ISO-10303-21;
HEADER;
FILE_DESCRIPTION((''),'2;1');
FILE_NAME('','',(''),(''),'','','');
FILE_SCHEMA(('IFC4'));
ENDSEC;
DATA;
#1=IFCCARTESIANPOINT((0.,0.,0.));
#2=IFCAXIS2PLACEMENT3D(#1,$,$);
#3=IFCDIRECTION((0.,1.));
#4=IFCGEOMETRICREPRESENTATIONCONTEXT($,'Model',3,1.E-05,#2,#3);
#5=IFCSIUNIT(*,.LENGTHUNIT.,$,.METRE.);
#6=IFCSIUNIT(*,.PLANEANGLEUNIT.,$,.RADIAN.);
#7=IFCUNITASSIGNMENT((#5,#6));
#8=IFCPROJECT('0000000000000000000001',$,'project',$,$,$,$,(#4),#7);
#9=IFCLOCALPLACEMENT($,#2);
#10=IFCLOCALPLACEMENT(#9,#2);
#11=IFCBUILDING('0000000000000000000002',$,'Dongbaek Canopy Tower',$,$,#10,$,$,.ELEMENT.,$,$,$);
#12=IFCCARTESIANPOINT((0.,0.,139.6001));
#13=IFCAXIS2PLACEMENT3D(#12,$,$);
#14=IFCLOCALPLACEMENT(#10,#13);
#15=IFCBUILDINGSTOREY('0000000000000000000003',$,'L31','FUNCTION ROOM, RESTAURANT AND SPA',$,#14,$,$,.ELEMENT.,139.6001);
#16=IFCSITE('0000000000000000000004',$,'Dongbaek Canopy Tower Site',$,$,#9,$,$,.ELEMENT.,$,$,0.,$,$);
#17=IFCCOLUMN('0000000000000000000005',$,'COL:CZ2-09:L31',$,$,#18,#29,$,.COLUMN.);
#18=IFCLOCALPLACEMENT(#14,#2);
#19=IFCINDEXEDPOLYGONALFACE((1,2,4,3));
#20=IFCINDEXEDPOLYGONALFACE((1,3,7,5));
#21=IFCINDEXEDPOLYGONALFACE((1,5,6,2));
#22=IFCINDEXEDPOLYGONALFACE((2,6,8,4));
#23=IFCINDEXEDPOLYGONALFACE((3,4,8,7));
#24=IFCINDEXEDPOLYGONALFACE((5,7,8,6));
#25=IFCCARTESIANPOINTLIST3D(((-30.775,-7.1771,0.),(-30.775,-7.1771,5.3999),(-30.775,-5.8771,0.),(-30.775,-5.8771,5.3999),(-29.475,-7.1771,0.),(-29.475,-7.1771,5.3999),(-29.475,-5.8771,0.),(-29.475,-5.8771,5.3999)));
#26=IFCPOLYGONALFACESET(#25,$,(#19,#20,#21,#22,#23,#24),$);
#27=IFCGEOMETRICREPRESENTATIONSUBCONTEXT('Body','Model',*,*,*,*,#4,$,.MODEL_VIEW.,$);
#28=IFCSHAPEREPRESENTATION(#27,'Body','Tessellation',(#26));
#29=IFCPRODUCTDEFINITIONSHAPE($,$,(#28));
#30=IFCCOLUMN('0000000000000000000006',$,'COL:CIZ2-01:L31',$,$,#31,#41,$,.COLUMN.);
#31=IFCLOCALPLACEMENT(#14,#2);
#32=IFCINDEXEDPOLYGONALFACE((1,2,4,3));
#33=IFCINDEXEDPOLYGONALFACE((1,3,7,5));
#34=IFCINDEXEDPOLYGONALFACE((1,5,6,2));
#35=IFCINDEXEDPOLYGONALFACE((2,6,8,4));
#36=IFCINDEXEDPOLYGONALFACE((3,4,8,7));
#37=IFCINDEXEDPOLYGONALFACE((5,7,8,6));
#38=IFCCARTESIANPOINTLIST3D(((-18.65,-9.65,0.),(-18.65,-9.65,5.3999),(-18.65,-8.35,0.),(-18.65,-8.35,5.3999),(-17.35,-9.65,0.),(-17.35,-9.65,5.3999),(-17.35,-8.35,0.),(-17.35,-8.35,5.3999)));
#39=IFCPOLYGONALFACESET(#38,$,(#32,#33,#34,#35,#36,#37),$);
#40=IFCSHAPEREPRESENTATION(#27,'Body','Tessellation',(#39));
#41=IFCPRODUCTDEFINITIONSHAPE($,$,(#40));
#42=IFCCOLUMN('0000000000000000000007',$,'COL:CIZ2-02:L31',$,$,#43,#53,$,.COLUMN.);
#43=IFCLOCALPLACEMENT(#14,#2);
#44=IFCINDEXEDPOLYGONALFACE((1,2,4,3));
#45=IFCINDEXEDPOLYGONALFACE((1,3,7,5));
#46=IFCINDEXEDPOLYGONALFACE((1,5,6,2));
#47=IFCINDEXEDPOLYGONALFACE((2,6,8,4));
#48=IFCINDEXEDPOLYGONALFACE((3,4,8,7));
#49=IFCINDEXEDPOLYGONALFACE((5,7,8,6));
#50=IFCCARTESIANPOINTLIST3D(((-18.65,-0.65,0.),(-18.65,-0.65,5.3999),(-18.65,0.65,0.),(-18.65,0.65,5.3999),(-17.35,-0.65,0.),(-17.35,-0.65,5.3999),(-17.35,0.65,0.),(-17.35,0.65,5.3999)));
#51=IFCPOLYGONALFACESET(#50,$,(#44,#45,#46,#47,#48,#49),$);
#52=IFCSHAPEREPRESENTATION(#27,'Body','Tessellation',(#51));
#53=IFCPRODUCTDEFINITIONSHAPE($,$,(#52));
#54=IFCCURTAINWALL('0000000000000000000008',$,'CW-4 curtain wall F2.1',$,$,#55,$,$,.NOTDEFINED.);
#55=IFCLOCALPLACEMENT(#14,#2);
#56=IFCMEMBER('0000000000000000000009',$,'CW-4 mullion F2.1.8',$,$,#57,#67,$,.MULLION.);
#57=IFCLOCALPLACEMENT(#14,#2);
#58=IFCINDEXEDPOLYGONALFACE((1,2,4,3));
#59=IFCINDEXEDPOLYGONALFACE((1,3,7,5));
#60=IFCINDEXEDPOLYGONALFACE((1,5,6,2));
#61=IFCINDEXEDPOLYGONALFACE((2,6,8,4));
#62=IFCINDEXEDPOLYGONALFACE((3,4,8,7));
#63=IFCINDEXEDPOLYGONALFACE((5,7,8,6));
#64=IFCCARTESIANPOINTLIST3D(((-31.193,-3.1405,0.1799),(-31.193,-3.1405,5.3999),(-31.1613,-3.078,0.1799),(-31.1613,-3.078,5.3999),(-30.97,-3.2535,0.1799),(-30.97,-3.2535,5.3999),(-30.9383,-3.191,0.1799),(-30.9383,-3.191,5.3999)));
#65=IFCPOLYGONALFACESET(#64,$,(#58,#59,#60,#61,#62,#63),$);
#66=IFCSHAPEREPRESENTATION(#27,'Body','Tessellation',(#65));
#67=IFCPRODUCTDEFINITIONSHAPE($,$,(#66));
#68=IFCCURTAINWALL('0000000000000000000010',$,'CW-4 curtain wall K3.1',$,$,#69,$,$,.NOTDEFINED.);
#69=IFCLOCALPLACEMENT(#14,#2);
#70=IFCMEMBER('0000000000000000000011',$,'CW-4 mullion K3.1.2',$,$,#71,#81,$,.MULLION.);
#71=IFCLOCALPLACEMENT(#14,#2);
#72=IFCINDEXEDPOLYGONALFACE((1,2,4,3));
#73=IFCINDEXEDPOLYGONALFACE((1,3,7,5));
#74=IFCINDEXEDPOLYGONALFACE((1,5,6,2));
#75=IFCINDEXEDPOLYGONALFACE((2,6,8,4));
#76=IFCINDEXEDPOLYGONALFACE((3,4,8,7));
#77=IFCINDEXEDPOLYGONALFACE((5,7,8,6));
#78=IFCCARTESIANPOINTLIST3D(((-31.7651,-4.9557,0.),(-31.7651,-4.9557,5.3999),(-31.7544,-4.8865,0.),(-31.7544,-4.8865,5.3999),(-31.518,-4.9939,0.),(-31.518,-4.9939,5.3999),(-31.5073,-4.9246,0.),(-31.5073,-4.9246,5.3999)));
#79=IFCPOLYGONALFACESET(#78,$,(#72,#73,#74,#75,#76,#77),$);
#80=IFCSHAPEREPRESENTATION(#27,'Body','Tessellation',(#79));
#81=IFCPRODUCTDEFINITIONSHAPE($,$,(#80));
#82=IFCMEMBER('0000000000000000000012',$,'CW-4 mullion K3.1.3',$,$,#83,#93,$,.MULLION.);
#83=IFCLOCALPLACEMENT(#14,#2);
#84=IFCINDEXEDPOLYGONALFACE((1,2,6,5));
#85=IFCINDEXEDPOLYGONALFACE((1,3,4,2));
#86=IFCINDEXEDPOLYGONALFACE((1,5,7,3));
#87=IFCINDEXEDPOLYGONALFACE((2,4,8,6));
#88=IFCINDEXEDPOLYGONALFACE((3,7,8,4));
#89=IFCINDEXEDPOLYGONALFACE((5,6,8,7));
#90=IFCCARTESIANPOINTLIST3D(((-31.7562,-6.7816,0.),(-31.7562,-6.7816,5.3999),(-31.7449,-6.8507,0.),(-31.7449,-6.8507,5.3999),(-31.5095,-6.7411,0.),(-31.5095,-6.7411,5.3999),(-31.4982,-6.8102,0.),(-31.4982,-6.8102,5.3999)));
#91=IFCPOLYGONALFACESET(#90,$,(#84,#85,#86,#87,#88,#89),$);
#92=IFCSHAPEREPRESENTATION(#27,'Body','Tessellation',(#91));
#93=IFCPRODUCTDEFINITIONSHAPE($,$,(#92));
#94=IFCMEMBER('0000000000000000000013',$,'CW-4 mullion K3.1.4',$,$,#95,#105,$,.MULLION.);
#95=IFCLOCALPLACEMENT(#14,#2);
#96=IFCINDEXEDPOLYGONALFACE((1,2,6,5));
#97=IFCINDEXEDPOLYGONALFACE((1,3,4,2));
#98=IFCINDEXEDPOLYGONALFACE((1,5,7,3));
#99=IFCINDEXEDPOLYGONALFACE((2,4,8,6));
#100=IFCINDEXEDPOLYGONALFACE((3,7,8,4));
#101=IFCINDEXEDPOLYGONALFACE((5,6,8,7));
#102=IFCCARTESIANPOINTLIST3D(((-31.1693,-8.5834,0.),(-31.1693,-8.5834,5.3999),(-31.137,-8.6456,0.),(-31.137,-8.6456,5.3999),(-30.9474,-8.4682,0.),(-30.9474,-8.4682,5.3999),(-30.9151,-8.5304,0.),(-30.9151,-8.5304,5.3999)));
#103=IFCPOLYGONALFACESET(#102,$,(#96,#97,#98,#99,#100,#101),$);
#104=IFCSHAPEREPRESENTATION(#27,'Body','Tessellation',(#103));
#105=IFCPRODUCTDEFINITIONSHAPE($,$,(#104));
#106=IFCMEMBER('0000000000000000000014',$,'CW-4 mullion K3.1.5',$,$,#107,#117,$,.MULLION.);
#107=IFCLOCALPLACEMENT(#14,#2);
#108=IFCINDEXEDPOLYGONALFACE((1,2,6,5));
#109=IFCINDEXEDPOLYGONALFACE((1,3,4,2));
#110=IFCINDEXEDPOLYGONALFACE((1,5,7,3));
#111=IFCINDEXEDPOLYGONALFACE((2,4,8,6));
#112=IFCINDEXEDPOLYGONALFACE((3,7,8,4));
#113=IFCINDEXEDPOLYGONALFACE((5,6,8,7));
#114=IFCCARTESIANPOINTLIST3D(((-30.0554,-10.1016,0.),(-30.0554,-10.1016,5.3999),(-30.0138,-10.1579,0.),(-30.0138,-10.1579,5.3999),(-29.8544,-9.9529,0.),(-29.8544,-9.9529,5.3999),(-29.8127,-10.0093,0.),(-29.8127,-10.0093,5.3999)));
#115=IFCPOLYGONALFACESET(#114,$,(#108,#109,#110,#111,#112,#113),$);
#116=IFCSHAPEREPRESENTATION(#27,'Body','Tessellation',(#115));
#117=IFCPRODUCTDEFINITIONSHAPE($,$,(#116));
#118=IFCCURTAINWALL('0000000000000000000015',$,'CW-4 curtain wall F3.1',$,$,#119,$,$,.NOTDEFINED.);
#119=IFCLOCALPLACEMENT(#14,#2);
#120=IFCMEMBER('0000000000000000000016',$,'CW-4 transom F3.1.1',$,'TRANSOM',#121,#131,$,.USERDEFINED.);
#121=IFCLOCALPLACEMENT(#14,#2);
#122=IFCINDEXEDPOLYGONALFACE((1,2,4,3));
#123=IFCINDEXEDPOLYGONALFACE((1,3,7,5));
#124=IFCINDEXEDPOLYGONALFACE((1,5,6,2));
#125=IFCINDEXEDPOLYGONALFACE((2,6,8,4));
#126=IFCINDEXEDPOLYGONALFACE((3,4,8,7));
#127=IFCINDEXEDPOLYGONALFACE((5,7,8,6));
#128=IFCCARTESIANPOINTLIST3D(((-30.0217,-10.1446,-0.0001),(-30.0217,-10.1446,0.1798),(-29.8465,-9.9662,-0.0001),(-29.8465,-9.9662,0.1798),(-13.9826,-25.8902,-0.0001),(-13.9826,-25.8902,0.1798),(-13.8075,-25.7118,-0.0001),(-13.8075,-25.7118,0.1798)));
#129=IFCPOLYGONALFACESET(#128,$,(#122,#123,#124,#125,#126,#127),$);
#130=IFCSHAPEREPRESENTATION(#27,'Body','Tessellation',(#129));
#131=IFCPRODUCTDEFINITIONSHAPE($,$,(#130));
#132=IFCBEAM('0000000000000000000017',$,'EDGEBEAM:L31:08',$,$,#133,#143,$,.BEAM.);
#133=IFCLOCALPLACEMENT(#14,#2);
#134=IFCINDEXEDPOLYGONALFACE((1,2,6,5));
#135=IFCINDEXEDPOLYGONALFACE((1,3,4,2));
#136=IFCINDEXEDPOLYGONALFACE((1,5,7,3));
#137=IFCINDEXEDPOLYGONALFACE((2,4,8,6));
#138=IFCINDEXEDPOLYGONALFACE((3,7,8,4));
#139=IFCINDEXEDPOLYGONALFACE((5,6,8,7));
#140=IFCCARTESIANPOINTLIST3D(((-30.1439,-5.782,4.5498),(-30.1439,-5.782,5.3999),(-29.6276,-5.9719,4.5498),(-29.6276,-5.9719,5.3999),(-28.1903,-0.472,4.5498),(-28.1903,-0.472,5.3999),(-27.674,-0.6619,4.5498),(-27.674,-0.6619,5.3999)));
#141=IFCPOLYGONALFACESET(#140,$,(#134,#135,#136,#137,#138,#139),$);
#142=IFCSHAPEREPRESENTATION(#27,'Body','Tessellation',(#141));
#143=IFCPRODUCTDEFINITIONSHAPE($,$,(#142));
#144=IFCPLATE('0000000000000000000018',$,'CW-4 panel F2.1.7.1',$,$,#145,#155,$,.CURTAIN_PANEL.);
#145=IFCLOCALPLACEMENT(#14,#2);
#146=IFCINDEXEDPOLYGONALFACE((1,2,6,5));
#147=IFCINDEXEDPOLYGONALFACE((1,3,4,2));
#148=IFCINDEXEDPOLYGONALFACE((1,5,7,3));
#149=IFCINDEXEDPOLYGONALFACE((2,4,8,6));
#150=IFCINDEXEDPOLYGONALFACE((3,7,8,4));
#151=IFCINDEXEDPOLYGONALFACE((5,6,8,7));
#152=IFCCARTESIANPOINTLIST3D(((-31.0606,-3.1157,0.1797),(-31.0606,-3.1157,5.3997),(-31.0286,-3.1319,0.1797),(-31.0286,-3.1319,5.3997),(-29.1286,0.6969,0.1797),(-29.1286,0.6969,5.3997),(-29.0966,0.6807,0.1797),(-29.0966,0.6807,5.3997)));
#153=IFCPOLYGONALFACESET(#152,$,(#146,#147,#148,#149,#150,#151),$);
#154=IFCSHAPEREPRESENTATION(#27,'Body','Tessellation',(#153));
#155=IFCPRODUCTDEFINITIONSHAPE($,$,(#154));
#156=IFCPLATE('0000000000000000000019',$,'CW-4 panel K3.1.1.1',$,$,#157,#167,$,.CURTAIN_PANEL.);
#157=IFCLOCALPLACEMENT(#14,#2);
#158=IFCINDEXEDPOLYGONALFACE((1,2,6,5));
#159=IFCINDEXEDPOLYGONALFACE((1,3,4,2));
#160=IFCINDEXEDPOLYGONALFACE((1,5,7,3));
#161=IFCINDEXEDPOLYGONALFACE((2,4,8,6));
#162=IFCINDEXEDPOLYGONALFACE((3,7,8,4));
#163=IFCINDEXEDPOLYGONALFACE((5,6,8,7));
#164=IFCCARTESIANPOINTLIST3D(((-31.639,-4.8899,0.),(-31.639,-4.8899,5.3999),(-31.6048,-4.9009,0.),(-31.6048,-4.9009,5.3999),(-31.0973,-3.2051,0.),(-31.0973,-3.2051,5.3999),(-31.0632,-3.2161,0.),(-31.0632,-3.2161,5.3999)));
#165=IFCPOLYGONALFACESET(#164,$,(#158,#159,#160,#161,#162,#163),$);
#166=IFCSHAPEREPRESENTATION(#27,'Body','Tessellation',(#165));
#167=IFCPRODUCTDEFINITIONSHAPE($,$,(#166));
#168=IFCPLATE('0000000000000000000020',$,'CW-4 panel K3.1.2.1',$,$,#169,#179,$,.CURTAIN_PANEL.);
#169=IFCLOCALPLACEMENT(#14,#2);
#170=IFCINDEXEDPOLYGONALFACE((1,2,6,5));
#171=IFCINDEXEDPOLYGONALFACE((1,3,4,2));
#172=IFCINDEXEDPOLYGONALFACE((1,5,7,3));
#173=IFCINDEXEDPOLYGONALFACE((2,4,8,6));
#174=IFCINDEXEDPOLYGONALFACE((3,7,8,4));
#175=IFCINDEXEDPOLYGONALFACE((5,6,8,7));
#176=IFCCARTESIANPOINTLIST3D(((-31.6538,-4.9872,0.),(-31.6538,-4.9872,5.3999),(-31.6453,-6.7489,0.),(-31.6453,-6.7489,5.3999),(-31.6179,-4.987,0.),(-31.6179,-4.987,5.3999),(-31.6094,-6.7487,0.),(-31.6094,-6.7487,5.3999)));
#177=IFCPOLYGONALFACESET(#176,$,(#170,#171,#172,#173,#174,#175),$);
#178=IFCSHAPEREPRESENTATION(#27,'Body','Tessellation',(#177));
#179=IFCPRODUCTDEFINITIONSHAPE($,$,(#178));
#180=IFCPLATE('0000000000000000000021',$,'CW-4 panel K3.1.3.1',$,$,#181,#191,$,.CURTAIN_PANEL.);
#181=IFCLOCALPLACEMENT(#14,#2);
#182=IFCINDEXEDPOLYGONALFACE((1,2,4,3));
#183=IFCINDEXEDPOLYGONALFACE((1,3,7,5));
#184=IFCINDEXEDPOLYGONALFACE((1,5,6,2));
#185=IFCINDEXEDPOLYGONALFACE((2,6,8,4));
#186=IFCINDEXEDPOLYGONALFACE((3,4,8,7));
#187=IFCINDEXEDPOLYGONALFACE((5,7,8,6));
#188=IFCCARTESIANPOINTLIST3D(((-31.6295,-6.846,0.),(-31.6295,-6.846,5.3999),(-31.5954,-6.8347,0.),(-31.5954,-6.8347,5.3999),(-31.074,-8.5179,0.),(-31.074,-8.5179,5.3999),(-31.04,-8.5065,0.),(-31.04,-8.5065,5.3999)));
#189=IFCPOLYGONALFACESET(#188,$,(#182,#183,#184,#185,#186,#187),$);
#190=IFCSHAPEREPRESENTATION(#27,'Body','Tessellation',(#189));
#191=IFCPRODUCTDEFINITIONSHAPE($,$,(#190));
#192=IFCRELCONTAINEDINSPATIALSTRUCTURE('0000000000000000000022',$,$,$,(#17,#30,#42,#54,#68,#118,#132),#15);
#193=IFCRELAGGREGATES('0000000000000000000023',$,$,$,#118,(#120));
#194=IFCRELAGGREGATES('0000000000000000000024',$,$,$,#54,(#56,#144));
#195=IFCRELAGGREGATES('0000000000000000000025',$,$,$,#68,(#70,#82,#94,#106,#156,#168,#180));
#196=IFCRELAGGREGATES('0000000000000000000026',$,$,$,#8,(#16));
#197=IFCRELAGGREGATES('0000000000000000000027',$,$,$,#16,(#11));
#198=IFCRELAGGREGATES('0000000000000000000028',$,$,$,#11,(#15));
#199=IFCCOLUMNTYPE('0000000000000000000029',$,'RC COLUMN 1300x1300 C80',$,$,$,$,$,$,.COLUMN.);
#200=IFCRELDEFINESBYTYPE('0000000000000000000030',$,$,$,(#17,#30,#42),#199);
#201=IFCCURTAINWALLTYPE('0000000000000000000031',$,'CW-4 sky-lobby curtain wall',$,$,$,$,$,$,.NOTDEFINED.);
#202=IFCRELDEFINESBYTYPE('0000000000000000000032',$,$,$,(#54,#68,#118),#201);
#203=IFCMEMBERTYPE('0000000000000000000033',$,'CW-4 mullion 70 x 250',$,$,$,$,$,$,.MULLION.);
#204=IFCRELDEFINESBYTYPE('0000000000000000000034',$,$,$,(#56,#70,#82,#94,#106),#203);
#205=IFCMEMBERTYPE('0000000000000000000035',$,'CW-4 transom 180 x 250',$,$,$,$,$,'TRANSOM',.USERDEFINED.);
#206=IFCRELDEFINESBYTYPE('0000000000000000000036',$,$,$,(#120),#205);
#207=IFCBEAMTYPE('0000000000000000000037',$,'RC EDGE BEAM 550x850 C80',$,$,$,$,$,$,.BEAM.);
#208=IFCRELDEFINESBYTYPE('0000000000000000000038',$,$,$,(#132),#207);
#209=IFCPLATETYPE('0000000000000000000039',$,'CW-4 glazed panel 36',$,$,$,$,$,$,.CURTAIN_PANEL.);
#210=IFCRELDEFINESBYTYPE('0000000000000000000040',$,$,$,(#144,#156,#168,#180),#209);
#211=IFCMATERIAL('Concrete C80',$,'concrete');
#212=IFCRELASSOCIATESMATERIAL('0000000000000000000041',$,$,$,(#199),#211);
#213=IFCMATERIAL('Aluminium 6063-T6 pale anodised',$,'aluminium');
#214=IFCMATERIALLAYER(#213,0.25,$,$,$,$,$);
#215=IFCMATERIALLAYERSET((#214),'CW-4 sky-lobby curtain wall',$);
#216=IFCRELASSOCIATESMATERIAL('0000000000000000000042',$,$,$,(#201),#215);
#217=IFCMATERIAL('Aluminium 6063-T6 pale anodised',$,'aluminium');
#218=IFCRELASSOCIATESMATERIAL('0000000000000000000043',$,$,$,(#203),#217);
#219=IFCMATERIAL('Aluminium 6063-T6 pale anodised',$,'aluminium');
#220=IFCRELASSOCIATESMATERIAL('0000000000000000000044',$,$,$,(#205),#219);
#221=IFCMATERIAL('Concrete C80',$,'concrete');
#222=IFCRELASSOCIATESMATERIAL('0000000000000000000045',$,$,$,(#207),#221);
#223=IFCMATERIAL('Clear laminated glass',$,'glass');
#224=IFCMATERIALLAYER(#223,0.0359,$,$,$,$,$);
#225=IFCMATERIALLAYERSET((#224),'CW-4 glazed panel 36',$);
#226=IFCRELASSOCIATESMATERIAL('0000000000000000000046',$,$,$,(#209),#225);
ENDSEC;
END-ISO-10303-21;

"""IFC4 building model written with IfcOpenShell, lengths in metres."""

from ifc_helpers import new_model, si_unit, direction, frame, origin, origin_2d, place, context, subcontext, project, spatial, rectangle, extrude, material, layer, layer_set, material_profile, profile_set, type_object, element, aggregate, save


model = new_model("IFC4")

# Units and contexts
model_context = context("Model", 3, precision=1e-05, world=origin(), true_north=direction((0.0, 1.0)))
body_context = subcontext(model_context, "Body", "Model", "MODEL_VIEW")
ifc_project = project(units=[si_unit("LENGTHUNIT", "METRE"), si_unit("PLANEANGLEUNIT", "RADIAN")], contexts=[model_context])

# Site, building, storey
site_placement = place(None, origin())
site = spatial("IfcSite", under=ifc_project, at=site_placement, Name="Dongbaek Canopy Tower Site", CompositionType="ELEMENT", RefElevation=0.0)
building_placement = place(site_placement, origin())
building = spatial("IfcBuilding", under=site, at=building_placement, Name="Dongbaek Canopy Tower", CompositionType="ELEMENT")
storey_placement = place(building_placement, frame((0.0, 0.0, 139.6001)))
storey = spatial("IfcBuildingStorey", under=building, at=storey_placement, Name="L31", Description="FUNCTION ROOM, RESTAURANT AND SPA", CompositionType="ELEMENT", Elevation=139.6001)

# Columns
ifc_material_1 = material(Name="Concrete C80", Category="concrete")
ifc_material_profile_1 = material_profile(ifc_material_1, rectangle(XDim=1.3, YDim=1.3, at=origin_2d()), Name="RC COLUMN 1300x1300 C80")
ifc_profile_set_1 = profile_set([ifc_material_profile_1], Name="Concrete C80")
column_type = type_object("IfcColumnType", Name="RC COLUMN 1300x1300 C80", PredefinedType="COLUMN", material=ifc_profile_set_1)
for number, where, z_axis, x_axis, name in (
    (1, (-30.125, -6.5271, 0.0), (0.0, 0.0, 1.0), (1.0, 0.0, 0.0), "COL:CZ2-09:L31"),
    (2, (-18.0, -9.0, 0.0), (0.0, 0.0, 1.0), (1.0, 0.0, 0.0), "COL:CIZ2-01:L31"),
    (3, (-18.0, 0.0, 0.0), (0.0, 0.0, 1.0), (1.0, 0.0, 0.0), "COL:CIZ2-02:L31"),
):
    element("IfcColumn", number, at=place(storey_placement, frame(where, z_axis=z_axis, x_axis=x_axis)), inside=storey, type_object=column_type, Name=name, PredefinedType="COLUMN", context=body_context, shape_type="SweptSolid", body=[
        extrude(rectangle(XDim=1.3, YDim=1.3, at=origin_2d()), origin(), (0.0, 0.0, 1.0), 5.3999),
    ])

# Curtain wall, member
ifc_material_2 = material(Name="Aluminium 6063-T6 pale anodised", Category="aluminium")
ifc_layer_1 = layer(ifc_material_2, 0.25)
ifc_layer_set_1 = layer_set([ifc_layer_1], Name="CW-4 sky-lobby curtain wall")
curtain_wall_type = type_object("IfcCurtainWallType", Name="CW-4 sky-lobby curtain wall", PredefinedType="NOTDEFINED", material=ifc_layer_set_1)
curtain_wall_1_placement = place(storey_placement, origin())
curtain_wall_1 = element("IfcCurtainWall", 4, at=curtain_wall_1_placement, inside=storey, type_object=curtain_wall_type, Name="CW-4 curtain wall F2.1", PredefinedType="NOTDEFINED")
ifc_material_3 = material(Name="Aluminium 6063-T6 pale anodised", Category="aluminium")
ifc_material_profile_2 = material_profile(ifc_material_3, rectangle(XDim=0.25, YDim=0.0701, at=origin_2d()), Name="CW-4 mullion 70 x 250")
ifc_profile_set_2 = profile_set([ifc_material_profile_2], Name="Aluminium 6063-T6 pale anodised")
member_type_1 = type_object("IfcMemberType", Name="CW-4 mullion 70 x 250", PredefinedType="MULLION", material=ifc_profile_set_2)
member_1_placement = place(storey_placement, frame((-31.0657, -3.1658, 0.1799), z_axis=(0.0, 0.0, 1.0), x_axis=(-0.892011, 0.452014, 0.0)))
member_1 = element("IfcMember", 5, at=member_1_placement, type_object=member_type_1, Name="CW-4 mullion F2.1.8", PredefinedType="MULLION", context=body_context, shape_type="SweptSolid", body=[
    extrude(rectangle(XDim=0.25, YDim=0.0701, at=origin_2d()), origin(), (0.0, 0.0, 1.0), 5.22),
])

# Curtain wall, members
curtain_wall_2_placement = place(storey_placement, origin())
curtain_wall_2 = element("IfcCurtainWall", 6, at=curtain_wall_2_placement, inside=storey, type_object=curtain_wall_type, Name="CW-4 curtain wall K3.1", PredefinedType="NOTDEFINED")
member_2_placement = place(storey_placement, frame((-31.6362, -4.9402, 0.0), z_axis=(0.0, 0.0, 1.0), x_axis=(-0.988302, 0.152512, 0.0)))
member_2 = element("IfcMember", 7, at=member_2_placement, type_object=member_type_1, Name="CW-4 mullion K3.1.2", PredefinedType="MULLION", context=body_context, shape_type="SweptSolid", body=[
    extrude(rectangle(XDim=0.25, YDim=0.0701, at=origin_2d()), origin(), (0.0, 0.0, 1.0), 5.3999),
])
member_3_placement = place(storey_placement, frame((-31.6272, -6.7959, 0.0), z_axis=(0.0, 0.0, 1.0), x_axis=(-0.986777, -0.162085, 0.0)))
member_3 = element("IfcMember", 8, at=member_3_placement, type_object=member_type_1, Name="CW-4 mullion K3.1.3", PredefinedType="MULLION", context=body_context, shape_type="SweptSolid", body=[
    extrude(rectangle(XDim=0.25, YDim=0.0701, at=origin_2d()), origin(), (0.0, 0.0, 1.0), 5.3999),
])
member_4_placement = place(storey_placement, frame((-31.0422, -8.5569, 0.0), z_axis=(0.0, 0.0, 1.0), x_axis=(-0.887587, -0.460639, 0.0)))
member_4 = element("IfcMember", 9, at=member_4_placement, type_object=member_type_1, Name="CW-4 mullion K3.1.4", PredefinedType="MULLION", context=body_context, shape_type="SweptSolid", body=[
    extrude(rectangle(XDim=0.25, YDim=0.0701, at=origin_2d()), origin(), (0.0, 0.0, 1.0), 5.3999),
])
member_5_placement = place(storey_placement, frame((-29.9341, -10.0554, 0.0), z_axis=(0.0, 0.0, 1.0), x_axis=(-0.804079, -0.594522, 0.0)))
member_5 = element("IfcMember", 10, at=member_5_placement, type_object=member_type_1, Name="CW-4 mullion K3.1.5", PredefinedType="MULLION", context=body_context, shape_type="SweptSolid", body=[
    extrude(rectangle(XDim=0.25, YDim=0.0701, at=origin_2d()), origin(), (0.0, 0.0, 1.0), 5.3999),
])

# Curtain wall, member
curtain_wall_3_placement = place(storey_placement, origin())
curtain_wall_3 = element("IfcCurtainWall", 11, at=curtain_wall_3_placement, inside=storey, type_object=curtain_wall_type, Name="CW-4 curtain wall F3.1", PredefinedType="NOTDEFINED")
ifc_material_4 = material(Name="Aluminium 6063-T6 pale anodised", Category="aluminium")
ifc_material_profile_3 = material_profile(ifc_material_4, rectangle(XDim=0.25, YDim=0.1799, at=origin_2d()), Name="CW-4 transom 180 x 250")
ifc_profile_set_3 = profile_set([ifc_material_profile_3], Name="Aluminium 6063-T6 pale anodised")
member_type_2 = type_object("IfcMemberType", Name="CW-4 transom 180 x 250", ElementType="TRANSOM", PredefinedType="USERDEFINED", material=ifc_profile_set_3)
member_6_placement = place(storey_placement, frame((-29.9341, -10.0554, 0.0898), z_axis=(0.713605, -0.700548, 0.0), x_axis=(0.700548, 0.713605, 0.0)))
member_6 = element("IfcMember", 12, at=member_6_placement, type_object=member_type_2, Name="CW-4 transom F3.1.1", ObjectType="TRANSOM", PredefinedType="USERDEFINED", context=body_context, shape_type="SweptSolid", body=[
    extrude(rectangle(XDim=0.25, YDim=0.1799, at=origin_2d()), origin(), (0.0, 0.0, 1.0), 22.4761),
])
aggregate(curtain_wall_3, [member_6])

# Beam
ifc_material_5 = material(Name="Concrete C80", Category="concrete")
ifc_material_profile_4 = material_profile(ifc_material_5, rectangle(XDim=0.55, YDim=0.8501, at=origin_2d()), Name="RC EDGE BEAM 550x850 C80")
ifc_profile_set_4 = profile_set([ifc_material_profile_4], Name="Concrete C80")
beam_type = type_object("IfcBeamType", Name="RC EDGE BEAM 550x850 C80", PredefinedType="BEAM", material=ifc_profile_set_4)
beam_placement = place(storey_placement, frame((-29.8857, -5.877, 4.9749), z_axis=(0.345281, 0.938499, 0.0), x_axis=(-0.938499, 0.345281, 0.0)))
element("IfcBeam", 13, at=beam_placement, inside=storey, type_object=beam_type, Name="EDGEBEAM:L31:08", PredefinedType="BEAM", context=body_context, shape_type="SweptSolid", body=[
    extrude(rectangle(XDim=0.55, YDim=0.8501, at=origin_2d()), origin(), (0.0, 0.0, 1.0), 5.658),
])

# Plates
ifc_material_6 = material(Name="Clear laminated glass", Category="glass")
ifc_layer_2 = layer(ifc_material_6, 0.0359)
ifc_layer_set_2 = layer_set([ifc_layer_2], Name="CW-4 glazed panel 36")
plate_type = type_object("IfcPlateType", Name="CW-4 glazed panel 36", PredefinedType="CURTAIN_PANEL", material=ifc_layer_set_2)
plate_1_placement = place(storey_placement, frame((-30.0786, -1.2175, 0.1797), z_axis=(0.0, 0.0, 1.0), x_axis=(-0.452014, -0.892011, 0.0)))
plate_1 = element("IfcPlate", 14, at=plate_1_placement, type_object=plate_type, Name="CW-4 panel F2.1.7.1", PredefinedType="CURTAIN_PANEL", context=body_context, shape_type="SweptSolid", body=[
    extrude(rectangle(XDim=4.2742, YDim=0.0359, at=origin_2d()), origin(), (0.0, 0.0, 1.0), 5.22),
])
aggregate(curtain_wall_1, [member_1, plate_1])
plate_2_placement = place(storey_placement, frame((-31.3511, -4.053, 0.0), z_axis=(0.0, 0.0, 1.0), x_axis=(-0.306073, -0.952008, 0.0)))
plate_2 = element("IfcPlate", 15, at=plate_2_placement, type_object=plate_type, Name="CW-4 panel K3.1.1.1", PredefinedType="CURTAIN_PANEL", context=body_context, shape_type="SweptSolid", body=[
    extrude(rectangle(XDim=1.7698, YDim=0.0359, at=origin_2d()), origin(), (0.0, 0.0, 1.0), 5.3999),
])
plate_3_placement = place(storey_placement, frame((-31.6316, -5.8679, 0.0), z_axis=(0.0, 0.0, 1.0), x_axis=(0.004847, -0.999988, 0.0)))
plate_3 = element("IfcPlate", 16, at=plate_3_placement, type_object=plate_type, Name="CW-4 panel K3.1.2.1", PredefinedType="CURTAIN_PANEL", context=body_context, shape_type="SweptSolid", body=[
    extrude(rectangle(XDim=1.7617, YDim=0.0359, at=origin_2d()), origin(), (0.0, 0.0, 1.0), 5.3999),
])
plate_4_placement = place(storey_placement, frame((-31.3347, -7.6763, 0.0), z_axis=(0.0, 0.0, 1.0), x_axis=(0.315287, -0.948996, 0.0)))
plate_4 = element("IfcPlate", 17, at=plate_4_placement, type_object=plate_type, Name="CW-4 panel K3.1.3.1", PredefinedType="CURTAIN_PANEL", context=body_context, shape_type="SweptSolid", body=[
    extrude(rectangle(XDim=1.7617, YDim=0.0359, at=origin_2d()), origin(), (0.0, 0.0, 1.0), 5.3999),
])

aggregate(curtain_wall_2, [member_2, member_3, member_4, member_5, plate_2, plate_3, plate_4])

save(model, "model.ifc")
